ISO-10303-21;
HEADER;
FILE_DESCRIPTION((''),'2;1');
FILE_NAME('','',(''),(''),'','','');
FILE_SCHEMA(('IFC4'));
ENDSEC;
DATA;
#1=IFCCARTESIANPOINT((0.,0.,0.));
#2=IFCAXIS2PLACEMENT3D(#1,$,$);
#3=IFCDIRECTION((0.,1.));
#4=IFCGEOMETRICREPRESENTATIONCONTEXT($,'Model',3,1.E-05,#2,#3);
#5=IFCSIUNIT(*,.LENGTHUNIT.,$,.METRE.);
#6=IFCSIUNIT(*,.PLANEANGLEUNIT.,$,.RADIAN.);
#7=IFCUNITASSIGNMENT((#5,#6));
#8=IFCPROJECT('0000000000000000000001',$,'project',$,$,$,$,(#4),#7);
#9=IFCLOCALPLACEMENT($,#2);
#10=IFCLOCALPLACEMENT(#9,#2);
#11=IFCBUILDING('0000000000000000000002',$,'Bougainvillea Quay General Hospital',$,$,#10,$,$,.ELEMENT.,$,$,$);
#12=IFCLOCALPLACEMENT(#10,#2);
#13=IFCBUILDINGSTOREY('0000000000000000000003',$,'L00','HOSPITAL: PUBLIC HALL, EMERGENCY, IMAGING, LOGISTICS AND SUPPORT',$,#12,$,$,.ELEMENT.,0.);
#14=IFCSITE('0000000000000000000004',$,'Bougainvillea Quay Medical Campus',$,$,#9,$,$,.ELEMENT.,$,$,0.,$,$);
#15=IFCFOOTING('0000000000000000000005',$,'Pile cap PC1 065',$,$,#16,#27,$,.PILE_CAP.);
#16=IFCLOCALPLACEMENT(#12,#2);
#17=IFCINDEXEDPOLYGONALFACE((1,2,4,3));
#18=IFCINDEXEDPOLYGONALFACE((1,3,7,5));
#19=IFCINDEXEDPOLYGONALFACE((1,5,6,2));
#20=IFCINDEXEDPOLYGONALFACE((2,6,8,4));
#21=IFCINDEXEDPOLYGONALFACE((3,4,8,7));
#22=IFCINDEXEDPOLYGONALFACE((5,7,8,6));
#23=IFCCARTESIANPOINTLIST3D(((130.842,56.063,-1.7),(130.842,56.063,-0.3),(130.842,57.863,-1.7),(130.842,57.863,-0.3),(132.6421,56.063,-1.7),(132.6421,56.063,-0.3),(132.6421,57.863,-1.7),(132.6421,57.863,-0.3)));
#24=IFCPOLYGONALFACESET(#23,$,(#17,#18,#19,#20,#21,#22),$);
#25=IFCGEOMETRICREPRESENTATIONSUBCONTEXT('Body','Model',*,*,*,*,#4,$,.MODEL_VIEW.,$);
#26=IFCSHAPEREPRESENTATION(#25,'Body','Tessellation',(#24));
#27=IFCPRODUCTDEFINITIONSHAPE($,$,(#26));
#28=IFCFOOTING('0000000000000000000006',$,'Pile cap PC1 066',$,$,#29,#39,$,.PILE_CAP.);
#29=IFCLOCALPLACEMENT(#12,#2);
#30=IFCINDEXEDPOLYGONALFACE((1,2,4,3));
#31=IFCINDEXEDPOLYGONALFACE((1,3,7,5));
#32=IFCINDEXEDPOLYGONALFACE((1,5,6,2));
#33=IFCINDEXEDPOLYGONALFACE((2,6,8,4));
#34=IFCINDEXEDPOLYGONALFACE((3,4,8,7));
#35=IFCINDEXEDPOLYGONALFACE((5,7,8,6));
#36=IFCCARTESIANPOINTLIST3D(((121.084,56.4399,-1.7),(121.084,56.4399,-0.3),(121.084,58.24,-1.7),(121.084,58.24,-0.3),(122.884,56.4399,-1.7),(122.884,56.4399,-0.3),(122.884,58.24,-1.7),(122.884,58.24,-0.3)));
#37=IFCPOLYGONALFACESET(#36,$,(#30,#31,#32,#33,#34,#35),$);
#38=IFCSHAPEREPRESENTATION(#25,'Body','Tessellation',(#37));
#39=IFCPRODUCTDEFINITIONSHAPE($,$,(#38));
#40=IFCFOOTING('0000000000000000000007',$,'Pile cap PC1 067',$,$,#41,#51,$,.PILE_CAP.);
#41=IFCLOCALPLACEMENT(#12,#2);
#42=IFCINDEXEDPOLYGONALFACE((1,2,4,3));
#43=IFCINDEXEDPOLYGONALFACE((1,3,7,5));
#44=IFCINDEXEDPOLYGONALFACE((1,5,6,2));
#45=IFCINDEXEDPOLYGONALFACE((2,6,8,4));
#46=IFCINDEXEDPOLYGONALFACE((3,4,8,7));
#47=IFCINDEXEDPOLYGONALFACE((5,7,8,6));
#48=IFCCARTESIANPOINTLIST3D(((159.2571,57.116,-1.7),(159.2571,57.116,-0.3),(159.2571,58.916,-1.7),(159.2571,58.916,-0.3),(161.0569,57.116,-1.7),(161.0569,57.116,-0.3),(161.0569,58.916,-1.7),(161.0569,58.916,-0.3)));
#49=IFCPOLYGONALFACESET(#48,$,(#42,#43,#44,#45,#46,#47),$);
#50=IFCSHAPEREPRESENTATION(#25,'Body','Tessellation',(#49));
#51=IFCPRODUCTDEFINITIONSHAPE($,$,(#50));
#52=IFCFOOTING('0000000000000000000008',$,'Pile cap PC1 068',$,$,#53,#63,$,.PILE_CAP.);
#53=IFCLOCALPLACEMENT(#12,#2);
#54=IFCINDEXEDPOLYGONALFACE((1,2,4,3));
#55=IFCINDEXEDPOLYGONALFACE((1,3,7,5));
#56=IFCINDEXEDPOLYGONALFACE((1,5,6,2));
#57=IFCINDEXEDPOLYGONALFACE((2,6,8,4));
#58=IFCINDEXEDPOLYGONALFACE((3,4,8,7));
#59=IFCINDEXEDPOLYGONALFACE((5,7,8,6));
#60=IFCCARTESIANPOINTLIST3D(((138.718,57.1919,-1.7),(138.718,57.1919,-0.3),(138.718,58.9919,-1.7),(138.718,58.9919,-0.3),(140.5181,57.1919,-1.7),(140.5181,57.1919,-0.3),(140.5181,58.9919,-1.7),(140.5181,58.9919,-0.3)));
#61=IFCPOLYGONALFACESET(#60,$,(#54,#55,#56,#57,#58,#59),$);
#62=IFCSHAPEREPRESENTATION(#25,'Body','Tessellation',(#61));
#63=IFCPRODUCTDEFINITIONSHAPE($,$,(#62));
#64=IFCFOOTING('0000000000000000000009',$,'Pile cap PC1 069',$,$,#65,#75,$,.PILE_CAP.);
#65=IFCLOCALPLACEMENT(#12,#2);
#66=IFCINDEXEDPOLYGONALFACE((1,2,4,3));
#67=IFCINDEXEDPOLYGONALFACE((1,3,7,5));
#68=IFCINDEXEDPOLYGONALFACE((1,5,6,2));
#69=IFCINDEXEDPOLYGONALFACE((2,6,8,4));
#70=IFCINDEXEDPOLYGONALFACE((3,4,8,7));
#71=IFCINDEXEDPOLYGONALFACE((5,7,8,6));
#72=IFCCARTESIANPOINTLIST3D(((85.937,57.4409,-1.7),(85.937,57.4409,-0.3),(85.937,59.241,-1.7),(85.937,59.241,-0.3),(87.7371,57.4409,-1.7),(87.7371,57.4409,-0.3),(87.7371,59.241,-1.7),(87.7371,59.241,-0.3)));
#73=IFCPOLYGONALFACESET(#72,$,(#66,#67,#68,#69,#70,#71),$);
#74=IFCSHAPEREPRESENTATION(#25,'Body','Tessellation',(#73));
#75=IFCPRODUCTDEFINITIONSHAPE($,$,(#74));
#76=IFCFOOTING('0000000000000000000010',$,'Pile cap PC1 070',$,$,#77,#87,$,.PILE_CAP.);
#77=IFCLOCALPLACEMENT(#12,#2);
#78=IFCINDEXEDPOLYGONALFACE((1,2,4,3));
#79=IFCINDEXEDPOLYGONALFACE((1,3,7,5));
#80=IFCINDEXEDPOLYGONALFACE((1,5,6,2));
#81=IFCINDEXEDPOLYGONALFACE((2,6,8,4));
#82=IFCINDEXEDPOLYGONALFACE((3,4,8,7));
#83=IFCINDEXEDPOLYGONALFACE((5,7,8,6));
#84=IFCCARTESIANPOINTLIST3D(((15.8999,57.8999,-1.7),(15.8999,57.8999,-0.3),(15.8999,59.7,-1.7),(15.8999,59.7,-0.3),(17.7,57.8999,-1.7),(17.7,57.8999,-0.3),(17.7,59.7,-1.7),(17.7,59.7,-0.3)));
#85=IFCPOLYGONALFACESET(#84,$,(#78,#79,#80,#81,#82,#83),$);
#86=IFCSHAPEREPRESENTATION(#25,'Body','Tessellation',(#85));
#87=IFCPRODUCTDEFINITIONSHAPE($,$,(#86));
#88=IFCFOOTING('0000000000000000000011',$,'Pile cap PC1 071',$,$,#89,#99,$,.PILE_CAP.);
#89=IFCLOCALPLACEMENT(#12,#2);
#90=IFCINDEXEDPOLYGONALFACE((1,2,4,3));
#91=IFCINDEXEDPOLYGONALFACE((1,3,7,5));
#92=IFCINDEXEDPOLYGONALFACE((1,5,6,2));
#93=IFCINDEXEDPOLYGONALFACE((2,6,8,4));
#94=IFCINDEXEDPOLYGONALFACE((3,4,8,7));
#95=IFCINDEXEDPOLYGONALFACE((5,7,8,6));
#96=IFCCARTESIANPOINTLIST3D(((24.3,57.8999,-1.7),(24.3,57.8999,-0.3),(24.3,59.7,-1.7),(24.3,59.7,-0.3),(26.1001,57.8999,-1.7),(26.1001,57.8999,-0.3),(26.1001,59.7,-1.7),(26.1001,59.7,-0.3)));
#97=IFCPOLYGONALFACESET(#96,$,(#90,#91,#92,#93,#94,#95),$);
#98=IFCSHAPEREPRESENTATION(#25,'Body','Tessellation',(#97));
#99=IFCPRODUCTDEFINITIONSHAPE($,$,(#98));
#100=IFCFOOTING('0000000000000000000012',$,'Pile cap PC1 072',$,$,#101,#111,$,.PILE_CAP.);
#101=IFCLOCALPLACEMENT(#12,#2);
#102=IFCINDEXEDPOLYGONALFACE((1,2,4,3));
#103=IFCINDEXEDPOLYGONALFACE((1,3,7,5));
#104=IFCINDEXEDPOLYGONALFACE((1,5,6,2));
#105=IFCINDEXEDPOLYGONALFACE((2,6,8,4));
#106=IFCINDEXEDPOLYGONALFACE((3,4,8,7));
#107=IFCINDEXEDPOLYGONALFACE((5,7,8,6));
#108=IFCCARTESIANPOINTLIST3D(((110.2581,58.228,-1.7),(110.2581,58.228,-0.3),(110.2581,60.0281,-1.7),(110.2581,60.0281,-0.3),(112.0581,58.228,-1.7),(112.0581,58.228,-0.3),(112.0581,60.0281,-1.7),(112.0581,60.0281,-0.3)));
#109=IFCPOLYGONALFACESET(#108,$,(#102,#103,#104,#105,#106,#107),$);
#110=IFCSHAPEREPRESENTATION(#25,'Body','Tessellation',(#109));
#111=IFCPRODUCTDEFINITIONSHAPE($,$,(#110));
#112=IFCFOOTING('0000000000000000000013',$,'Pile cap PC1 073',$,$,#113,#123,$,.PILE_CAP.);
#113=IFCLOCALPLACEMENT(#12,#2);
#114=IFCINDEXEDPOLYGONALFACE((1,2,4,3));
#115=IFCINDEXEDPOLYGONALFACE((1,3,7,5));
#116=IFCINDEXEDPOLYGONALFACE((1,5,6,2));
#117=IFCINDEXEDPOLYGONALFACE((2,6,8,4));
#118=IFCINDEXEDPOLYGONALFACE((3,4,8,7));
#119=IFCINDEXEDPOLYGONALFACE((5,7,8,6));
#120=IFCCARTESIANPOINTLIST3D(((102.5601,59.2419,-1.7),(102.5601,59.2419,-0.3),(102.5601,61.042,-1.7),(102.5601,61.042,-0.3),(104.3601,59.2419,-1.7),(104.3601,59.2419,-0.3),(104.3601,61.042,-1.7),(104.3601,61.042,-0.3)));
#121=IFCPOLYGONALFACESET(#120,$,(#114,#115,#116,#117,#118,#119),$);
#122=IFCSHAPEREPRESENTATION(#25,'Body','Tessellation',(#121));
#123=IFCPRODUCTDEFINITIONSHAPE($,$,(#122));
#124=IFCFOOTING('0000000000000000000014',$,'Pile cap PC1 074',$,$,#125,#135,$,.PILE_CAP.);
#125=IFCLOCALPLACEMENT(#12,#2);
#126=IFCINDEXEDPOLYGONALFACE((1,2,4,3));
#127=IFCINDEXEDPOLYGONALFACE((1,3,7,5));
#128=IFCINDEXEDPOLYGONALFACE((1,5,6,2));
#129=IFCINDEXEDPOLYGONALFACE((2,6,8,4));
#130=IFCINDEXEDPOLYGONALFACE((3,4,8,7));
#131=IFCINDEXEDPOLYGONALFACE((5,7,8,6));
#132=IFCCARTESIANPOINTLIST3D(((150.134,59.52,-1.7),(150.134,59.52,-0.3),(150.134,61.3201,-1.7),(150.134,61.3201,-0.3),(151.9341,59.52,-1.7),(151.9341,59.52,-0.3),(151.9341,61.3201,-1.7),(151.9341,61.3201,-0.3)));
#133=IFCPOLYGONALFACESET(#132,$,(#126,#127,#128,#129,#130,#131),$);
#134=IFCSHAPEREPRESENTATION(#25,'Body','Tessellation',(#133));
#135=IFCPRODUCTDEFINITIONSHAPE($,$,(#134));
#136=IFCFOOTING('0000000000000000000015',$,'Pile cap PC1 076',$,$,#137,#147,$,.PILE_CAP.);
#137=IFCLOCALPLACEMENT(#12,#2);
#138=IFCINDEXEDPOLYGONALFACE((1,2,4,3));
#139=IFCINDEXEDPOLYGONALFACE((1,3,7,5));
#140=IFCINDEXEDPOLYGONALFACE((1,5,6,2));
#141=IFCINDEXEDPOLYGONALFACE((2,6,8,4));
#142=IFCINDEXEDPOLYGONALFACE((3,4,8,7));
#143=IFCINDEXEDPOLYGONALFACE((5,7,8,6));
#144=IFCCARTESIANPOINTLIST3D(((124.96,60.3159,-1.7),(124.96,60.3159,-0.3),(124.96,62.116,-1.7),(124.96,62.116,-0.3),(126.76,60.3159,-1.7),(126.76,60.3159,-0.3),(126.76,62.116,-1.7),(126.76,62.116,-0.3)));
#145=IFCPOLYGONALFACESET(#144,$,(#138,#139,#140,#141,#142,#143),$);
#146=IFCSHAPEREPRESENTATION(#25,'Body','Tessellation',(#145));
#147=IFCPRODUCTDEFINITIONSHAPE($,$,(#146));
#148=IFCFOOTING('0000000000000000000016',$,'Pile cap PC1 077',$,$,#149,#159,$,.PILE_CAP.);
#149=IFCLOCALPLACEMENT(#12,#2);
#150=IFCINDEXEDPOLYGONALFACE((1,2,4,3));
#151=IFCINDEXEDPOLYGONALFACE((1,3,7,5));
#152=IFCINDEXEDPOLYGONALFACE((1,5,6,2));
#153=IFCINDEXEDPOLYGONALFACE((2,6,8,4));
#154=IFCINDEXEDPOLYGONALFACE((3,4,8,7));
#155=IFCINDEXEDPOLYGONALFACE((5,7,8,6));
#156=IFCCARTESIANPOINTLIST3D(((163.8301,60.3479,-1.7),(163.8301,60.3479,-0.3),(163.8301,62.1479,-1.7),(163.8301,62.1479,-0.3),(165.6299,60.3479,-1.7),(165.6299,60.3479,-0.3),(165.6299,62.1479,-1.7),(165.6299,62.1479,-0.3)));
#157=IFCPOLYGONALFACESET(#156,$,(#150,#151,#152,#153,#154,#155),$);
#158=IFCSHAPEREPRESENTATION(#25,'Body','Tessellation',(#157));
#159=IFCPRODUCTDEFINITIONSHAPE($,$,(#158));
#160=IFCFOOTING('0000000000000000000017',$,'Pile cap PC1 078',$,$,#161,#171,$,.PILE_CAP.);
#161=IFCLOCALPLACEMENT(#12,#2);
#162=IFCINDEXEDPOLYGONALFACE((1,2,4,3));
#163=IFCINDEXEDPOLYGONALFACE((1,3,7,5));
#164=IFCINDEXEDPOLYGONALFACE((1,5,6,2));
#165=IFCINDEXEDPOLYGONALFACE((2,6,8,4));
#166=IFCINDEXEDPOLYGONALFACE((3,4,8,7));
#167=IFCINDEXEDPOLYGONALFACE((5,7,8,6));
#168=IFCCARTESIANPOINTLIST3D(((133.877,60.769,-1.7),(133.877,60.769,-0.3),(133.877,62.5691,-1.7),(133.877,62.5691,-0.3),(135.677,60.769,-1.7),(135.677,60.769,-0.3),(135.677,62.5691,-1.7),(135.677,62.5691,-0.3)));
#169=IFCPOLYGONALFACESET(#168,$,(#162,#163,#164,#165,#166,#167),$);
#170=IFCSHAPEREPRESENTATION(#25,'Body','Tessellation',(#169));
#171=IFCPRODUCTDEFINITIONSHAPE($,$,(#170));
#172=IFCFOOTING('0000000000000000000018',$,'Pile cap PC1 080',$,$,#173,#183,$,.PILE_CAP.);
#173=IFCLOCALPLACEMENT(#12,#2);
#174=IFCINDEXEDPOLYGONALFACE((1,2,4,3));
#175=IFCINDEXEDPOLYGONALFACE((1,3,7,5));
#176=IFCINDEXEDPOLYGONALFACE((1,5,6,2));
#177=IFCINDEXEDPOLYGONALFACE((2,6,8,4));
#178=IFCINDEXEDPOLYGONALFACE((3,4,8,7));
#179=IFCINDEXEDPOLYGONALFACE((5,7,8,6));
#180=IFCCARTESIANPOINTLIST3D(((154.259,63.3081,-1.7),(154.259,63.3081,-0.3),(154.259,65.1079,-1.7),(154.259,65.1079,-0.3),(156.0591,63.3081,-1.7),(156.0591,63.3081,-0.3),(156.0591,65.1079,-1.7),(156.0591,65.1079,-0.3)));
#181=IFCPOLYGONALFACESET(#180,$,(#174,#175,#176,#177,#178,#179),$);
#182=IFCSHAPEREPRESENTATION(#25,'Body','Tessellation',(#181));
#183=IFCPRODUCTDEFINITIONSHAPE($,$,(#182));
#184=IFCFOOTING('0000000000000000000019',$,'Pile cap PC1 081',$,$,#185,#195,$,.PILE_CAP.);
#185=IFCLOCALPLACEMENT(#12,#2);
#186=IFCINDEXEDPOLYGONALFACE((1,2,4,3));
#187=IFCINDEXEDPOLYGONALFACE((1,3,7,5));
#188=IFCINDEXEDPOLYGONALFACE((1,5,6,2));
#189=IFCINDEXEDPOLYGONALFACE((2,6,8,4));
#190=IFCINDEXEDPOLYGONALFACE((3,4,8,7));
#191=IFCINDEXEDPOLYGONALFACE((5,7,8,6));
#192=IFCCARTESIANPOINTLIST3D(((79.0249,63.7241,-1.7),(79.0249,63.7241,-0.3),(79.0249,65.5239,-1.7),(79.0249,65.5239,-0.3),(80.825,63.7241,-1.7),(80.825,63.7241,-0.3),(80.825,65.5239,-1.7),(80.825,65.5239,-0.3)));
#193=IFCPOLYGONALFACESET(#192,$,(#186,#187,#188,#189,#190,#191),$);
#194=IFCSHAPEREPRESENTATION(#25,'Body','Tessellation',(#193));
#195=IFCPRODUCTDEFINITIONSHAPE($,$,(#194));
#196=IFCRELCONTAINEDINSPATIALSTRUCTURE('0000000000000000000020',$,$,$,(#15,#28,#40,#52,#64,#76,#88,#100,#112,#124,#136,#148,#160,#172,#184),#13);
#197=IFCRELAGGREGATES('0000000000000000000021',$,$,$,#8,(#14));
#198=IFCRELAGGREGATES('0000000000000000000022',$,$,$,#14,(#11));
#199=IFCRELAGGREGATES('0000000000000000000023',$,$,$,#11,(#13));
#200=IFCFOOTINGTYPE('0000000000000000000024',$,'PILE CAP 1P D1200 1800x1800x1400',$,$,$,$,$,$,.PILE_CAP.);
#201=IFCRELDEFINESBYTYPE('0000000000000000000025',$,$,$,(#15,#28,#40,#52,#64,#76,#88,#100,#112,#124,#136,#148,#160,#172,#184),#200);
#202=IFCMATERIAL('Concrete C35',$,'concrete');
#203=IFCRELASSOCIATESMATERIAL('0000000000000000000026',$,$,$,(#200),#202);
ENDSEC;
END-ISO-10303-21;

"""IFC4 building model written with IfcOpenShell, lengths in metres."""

from ifc_helpers import new_model, si_unit, direction, frame, origin, place, context, subcontext, project, spatial, polyline, outline, extrude, material, type_object, element, save


model = new_model("IFC4")

# Units and contexts
model_context = context("Model", 3, precision=1e-05, world=origin(), true_north=direction((0.0, 1.0)))
body_context = subcontext(model_context, "Body", "Model", "MODEL_VIEW")
ifc_project = project(units=[si_unit("LENGTHUNIT", "METRE"), si_unit("PLANEANGLEUNIT", "RADIAN")], contexts=[model_context])

# Site, building, storey
site_placement = place(None, origin())
site = spatial("IfcSite", under=ifc_project, at=site_placement, Name="Bougainvillea Quay Medical Campus", CompositionType="ELEMENT", RefElevation=0.0)
building_placement = place(site_placement, origin())
building = spatial("IfcBuilding", under=site, at=building_placement, Name="Bougainvillea Quay General Hospital", CompositionType="ELEMENT")
storey_placement = place(building_placement, origin())
storey = spatial("IfcBuildingStorey", under=building, at=storey_placement, Name="L00", Description="HOSPITAL: PUBLIC HALL, EMERGENCY, IMAGING, LOGISTICS AND SUPPORT", CompositionType="ELEMENT", Elevation=0.0)

# Footings
ifc_material = material(Name="Concrete C35", Category="concrete")
footing_type_1 = type_object("IfcFootingType", Name="PILE CAP 1P D1200 1800x1800x1400", PredefinedType="PILE_CAP", material=ifc_material)
footing_1_placement = place(storey_placement, frame((0.0, 0.0, -1.7)))
element("IfcFooting", 1, at=footing_1_placement, inside=storey, type_object=footing_type_1, Name="Pile cap PC1 065", PredefinedType="PILE_CAP", context=body_context, shape_type="SweptSolid", body=[
    extrude(outline(polyline([(130.842, 56.063), (132.6421, 56.063), (132.6421, 57.863), (130.842, 57.863), (130.842, 56.063)])), origin(), (0.0, 0.0, 1.0), 1.3999),
])
footing_2_placement = place(storey_placement, frame((0.0, 0.0, -1.7)))
element("IfcFooting", 2, at=footing_2_placement, inside=storey, type_object=footing_type_1, Name="Pile cap PC1 066", PredefinedType="PILE_CAP", context=body_context, shape_type="SweptSolid", body=[
    extrude(outline(polyline([(121.084, 56.4399), (122.884, 56.4399), (122.884, 58.24), (121.084, 58.24), (121.084, 56.4399)])), origin(), (0.0, 0.0, 1.0), 1.3999),
])
footing_3_placement = place(storey_placement, frame((0.0, 0.0, -1.7)))
element("IfcFooting", 3, at=footing_3_placement, inside=storey, type_object=footing_type_1, Name="Pile cap PC1 067", PredefinedType="PILE_CAP", context=body_context, shape_type="SweptSolid", body=[
    extrude(outline(polyline([(159.2571, 57.116), (161.0569, 57.116), (161.0569, 58.916), (159.2571, 58.916), (159.2571, 57.116)])), origin(), (0.0, 0.0, 1.0), 1.3999),
])
footing_4_placement = place(storey_placement, frame((0.0, 0.0, -1.7)))
element("IfcFooting", 4, at=footing_4_placement, inside=storey, type_object=footing_type_1, Name="Pile cap PC1 068", PredefinedType="PILE_CAP", context=body_context, shape_type="SweptSolid", body=[
    extrude(outline(polyline([(138.718, 57.1919), (140.5181, 57.1919), (140.5181, 58.9919), (138.718, 58.9919), (138.718, 57.1919)])), origin(), (0.0, 0.0, 1.0), 1.3999),
])
footing_5_placement = place(storey_placement, frame((0.0, 0.0, -1.7)))
element("IfcFooting", 5, at=footing_5_placement, inside=storey, type_object=footing_type_1, Name="Pile cap PC1 069", PredefinedType="PILE_CAP", context=body_context, shape_type="SweptSolid", body=[
    extrude(outline(polyline([(85.937, 57.4409), (87.7371, 57.4409), (87.7371, 59.241), (85.937, 59.241), (85.937, 57.4409)])), origin(), (0.0, 0.0, 1.0), 1.3999),
])
footing_6_placement = place(storey_placement, frame((0.0, 0.0, -1.7)))
element("IfcFooting", 6, at=footing_6_placement, inside=storey, type_object=footing_type_1, Name="Pile cap PC1 070", PredefinedType="PILE_CAP", context=body_context, shape_type="SweptSolid", body=[
    extrude(outline(polyline([(15.8999, 57.8999), (17.7, 57.8999), (17.7, 59.7), (15.8999, 59.7), (15.8999, 57.8999)])), origin(), (0.0, 0.0, 1.0), 1.3999),
])
footing_7_placement = place(storey_placement, frame((0.0, 0.0, -1.7)))
element("IfcFooting", 7, at=footing_7_placement, inside=storey, type_object=footing_type_1, Name="Pile cap PC1 071", PredefinedType="PILE_CAP", context=body_context, shape_type="SweptSolid", body=[
    extrude(outline(polyline([(24.3, 57.8999), (26.1001, 57.8999), (26.1001, 59.7), (24.3, 59.7), (24.3, 57.8999)])), origin(), (0.0, 0.0, 1.0), 1.3999),
])
footing_8_placement = place(storey_placement, frame((0.0, 0.0, -1.7)))
element("IfcFooting", 8, at=footing_8_placement, inside=storey, type_object=footing_type_1, Name="Pile cap PC1 072", PredefinedType="PILE_CAP", context=body_context, shape_type="SweptSolid", body=[
    extrude(outline(polyline([(110.2581, 58.228), (112.0581, 58.228), (112.0581, 60.0281), (110.2581, 60.0281), (110.2581, 58.228)])), origin(), (0.0, 0.0, 1.0), 1.3999),
])
footing_9_placement = place(storey_placement, frame((0.0, 0.0, -1.7)))
element("IfcFooting", 9, at=footing_9_placement, inside=storey, type_object=footing_type_1, Name="Pile cap PC1 073", PredefinedType="PILE_CAP", context=body_context, shape_type="SweptSolid", body=[
    extrude(outline(polyline([(102.5601, 59.2419), (104.3601, 59.2419), (104.3601, 61.042), (102.5601, 61.042), (102.5601, 59.2419)])), origin(), (0.0, 0.0, 1.0), 1.3999),
])
footing_10_placement = place(storey_placement, frame((0.0, 0.0, -1.7)))
element("IfcFooting", 10, at=footing_10_placement, inside=storey, type_object=footing_type_1, Name="Pile cap PC1 074", PredefinedType="PILE_CAP", context=body_context, shape_type="SweptSolid", body=[
    extrude(outline(polyline([(150.134, 59.52), (151.9341, 59.52), (151.9341, 61.3201), (150.134, 61.3201), (150.134, 59.52)])), origin(), (0.0, 0.0, 1.0), 1.3999),
])
footing_11_placement = place(storey_placement, frame((0.0, 0.0, -1.7)))
element("IfcFooting", 11, at=footing_11_placement, inside=storey, type_object=footing_type_1, Name="Pile cap PC1 076", PredefinedType="PILE_CAP", context=body_context, shape_type="SweptSolid", body=[
    extrude(outline(polyline([(124.96, 60.3159), (126.76, 60.3159), (126.76, 62.116), (124.96, 62.116), (124.96, 60.3159)])), origin(), (0.0, 0.0, 1.0), 1.3999),
])
footing_12_placement = place(storey_placement, frame((0.0, 0.0, -1.7)))
element("IfcFooting", 12, at=footing_12_placement, inside=storey, type_object=footing_type_1, Name="Pile cap PC1 077", PredefinedType="PILE_CAP", context=body_context, shape_type="SweptSolid", body=[
    extrude(outline(polyline([(163.8301, 60.3479), (165.6299, 60.3479), (165.6299, 62.1479), (163.8301, 62.1479), (163.8301, 60.3479)])), origin(), (0.0, 0.0, 1.0), 1.3999),
])
footing_13_placement = place(storey_placement, frame((0.0, 0.0, -1.7)))
element("IfcFooting", 13, at=footing_13_placement, inside=storey, type_object=footing_type_1, Name="Pile cap PC1 078", PredefinedType="PILE_CAP", context=body_context, shape_type="SweptSolid", body=[
    extrude(outline(polyline([(133.877, 60.769), (135.677, 60.769), (135.677, 62.5691), (133.877, 62.5691), (133.877, 60.769)])), origin(), (0.0, 0.0, 1.0), 1.3999),
])
footing_14_placement = place(storey_placement, frame((0.0, 0.0, -1.7)))
element("IfcFooting", 14, at=footing_14_placement, inside=storey, type_object=footing_type_1, Name="Pile cap PC1 080", PredefinedType="PILE_CAP", context=body_context, shape_type="SweptSolid", body=[
    extrude(outline(polyline([(154.259, 63.3081), (156.0591, 63.3081), (156.0591, 65.1079), (154.259, 65.1079), (154.259, 63.3081)])), origin(), (0.0, 0.0, 1.0), 1.3999),
])
footing_15_placement = place(storey_placement, frame((0.0, 0.0, -1.7)))
element("IfcFooting", 15, at=footing_15_placement, inside=storey, type_object=footing_type_1, Name="Pile cap PC1 081", PredefinedType="PILE_CAP", context=body_context, shape_type="SweptSolid", body=[
    extrude(outline(polyline([(79.0249, 63.7241), (80.825, 63.7241), (80.825, 65.5239), (79.0249, 65.5239), (79.0249, 63.7241)])), origin(), (0.0, 0.0, 1.0), 1.3999),
])

save(model, "model.ifc")
